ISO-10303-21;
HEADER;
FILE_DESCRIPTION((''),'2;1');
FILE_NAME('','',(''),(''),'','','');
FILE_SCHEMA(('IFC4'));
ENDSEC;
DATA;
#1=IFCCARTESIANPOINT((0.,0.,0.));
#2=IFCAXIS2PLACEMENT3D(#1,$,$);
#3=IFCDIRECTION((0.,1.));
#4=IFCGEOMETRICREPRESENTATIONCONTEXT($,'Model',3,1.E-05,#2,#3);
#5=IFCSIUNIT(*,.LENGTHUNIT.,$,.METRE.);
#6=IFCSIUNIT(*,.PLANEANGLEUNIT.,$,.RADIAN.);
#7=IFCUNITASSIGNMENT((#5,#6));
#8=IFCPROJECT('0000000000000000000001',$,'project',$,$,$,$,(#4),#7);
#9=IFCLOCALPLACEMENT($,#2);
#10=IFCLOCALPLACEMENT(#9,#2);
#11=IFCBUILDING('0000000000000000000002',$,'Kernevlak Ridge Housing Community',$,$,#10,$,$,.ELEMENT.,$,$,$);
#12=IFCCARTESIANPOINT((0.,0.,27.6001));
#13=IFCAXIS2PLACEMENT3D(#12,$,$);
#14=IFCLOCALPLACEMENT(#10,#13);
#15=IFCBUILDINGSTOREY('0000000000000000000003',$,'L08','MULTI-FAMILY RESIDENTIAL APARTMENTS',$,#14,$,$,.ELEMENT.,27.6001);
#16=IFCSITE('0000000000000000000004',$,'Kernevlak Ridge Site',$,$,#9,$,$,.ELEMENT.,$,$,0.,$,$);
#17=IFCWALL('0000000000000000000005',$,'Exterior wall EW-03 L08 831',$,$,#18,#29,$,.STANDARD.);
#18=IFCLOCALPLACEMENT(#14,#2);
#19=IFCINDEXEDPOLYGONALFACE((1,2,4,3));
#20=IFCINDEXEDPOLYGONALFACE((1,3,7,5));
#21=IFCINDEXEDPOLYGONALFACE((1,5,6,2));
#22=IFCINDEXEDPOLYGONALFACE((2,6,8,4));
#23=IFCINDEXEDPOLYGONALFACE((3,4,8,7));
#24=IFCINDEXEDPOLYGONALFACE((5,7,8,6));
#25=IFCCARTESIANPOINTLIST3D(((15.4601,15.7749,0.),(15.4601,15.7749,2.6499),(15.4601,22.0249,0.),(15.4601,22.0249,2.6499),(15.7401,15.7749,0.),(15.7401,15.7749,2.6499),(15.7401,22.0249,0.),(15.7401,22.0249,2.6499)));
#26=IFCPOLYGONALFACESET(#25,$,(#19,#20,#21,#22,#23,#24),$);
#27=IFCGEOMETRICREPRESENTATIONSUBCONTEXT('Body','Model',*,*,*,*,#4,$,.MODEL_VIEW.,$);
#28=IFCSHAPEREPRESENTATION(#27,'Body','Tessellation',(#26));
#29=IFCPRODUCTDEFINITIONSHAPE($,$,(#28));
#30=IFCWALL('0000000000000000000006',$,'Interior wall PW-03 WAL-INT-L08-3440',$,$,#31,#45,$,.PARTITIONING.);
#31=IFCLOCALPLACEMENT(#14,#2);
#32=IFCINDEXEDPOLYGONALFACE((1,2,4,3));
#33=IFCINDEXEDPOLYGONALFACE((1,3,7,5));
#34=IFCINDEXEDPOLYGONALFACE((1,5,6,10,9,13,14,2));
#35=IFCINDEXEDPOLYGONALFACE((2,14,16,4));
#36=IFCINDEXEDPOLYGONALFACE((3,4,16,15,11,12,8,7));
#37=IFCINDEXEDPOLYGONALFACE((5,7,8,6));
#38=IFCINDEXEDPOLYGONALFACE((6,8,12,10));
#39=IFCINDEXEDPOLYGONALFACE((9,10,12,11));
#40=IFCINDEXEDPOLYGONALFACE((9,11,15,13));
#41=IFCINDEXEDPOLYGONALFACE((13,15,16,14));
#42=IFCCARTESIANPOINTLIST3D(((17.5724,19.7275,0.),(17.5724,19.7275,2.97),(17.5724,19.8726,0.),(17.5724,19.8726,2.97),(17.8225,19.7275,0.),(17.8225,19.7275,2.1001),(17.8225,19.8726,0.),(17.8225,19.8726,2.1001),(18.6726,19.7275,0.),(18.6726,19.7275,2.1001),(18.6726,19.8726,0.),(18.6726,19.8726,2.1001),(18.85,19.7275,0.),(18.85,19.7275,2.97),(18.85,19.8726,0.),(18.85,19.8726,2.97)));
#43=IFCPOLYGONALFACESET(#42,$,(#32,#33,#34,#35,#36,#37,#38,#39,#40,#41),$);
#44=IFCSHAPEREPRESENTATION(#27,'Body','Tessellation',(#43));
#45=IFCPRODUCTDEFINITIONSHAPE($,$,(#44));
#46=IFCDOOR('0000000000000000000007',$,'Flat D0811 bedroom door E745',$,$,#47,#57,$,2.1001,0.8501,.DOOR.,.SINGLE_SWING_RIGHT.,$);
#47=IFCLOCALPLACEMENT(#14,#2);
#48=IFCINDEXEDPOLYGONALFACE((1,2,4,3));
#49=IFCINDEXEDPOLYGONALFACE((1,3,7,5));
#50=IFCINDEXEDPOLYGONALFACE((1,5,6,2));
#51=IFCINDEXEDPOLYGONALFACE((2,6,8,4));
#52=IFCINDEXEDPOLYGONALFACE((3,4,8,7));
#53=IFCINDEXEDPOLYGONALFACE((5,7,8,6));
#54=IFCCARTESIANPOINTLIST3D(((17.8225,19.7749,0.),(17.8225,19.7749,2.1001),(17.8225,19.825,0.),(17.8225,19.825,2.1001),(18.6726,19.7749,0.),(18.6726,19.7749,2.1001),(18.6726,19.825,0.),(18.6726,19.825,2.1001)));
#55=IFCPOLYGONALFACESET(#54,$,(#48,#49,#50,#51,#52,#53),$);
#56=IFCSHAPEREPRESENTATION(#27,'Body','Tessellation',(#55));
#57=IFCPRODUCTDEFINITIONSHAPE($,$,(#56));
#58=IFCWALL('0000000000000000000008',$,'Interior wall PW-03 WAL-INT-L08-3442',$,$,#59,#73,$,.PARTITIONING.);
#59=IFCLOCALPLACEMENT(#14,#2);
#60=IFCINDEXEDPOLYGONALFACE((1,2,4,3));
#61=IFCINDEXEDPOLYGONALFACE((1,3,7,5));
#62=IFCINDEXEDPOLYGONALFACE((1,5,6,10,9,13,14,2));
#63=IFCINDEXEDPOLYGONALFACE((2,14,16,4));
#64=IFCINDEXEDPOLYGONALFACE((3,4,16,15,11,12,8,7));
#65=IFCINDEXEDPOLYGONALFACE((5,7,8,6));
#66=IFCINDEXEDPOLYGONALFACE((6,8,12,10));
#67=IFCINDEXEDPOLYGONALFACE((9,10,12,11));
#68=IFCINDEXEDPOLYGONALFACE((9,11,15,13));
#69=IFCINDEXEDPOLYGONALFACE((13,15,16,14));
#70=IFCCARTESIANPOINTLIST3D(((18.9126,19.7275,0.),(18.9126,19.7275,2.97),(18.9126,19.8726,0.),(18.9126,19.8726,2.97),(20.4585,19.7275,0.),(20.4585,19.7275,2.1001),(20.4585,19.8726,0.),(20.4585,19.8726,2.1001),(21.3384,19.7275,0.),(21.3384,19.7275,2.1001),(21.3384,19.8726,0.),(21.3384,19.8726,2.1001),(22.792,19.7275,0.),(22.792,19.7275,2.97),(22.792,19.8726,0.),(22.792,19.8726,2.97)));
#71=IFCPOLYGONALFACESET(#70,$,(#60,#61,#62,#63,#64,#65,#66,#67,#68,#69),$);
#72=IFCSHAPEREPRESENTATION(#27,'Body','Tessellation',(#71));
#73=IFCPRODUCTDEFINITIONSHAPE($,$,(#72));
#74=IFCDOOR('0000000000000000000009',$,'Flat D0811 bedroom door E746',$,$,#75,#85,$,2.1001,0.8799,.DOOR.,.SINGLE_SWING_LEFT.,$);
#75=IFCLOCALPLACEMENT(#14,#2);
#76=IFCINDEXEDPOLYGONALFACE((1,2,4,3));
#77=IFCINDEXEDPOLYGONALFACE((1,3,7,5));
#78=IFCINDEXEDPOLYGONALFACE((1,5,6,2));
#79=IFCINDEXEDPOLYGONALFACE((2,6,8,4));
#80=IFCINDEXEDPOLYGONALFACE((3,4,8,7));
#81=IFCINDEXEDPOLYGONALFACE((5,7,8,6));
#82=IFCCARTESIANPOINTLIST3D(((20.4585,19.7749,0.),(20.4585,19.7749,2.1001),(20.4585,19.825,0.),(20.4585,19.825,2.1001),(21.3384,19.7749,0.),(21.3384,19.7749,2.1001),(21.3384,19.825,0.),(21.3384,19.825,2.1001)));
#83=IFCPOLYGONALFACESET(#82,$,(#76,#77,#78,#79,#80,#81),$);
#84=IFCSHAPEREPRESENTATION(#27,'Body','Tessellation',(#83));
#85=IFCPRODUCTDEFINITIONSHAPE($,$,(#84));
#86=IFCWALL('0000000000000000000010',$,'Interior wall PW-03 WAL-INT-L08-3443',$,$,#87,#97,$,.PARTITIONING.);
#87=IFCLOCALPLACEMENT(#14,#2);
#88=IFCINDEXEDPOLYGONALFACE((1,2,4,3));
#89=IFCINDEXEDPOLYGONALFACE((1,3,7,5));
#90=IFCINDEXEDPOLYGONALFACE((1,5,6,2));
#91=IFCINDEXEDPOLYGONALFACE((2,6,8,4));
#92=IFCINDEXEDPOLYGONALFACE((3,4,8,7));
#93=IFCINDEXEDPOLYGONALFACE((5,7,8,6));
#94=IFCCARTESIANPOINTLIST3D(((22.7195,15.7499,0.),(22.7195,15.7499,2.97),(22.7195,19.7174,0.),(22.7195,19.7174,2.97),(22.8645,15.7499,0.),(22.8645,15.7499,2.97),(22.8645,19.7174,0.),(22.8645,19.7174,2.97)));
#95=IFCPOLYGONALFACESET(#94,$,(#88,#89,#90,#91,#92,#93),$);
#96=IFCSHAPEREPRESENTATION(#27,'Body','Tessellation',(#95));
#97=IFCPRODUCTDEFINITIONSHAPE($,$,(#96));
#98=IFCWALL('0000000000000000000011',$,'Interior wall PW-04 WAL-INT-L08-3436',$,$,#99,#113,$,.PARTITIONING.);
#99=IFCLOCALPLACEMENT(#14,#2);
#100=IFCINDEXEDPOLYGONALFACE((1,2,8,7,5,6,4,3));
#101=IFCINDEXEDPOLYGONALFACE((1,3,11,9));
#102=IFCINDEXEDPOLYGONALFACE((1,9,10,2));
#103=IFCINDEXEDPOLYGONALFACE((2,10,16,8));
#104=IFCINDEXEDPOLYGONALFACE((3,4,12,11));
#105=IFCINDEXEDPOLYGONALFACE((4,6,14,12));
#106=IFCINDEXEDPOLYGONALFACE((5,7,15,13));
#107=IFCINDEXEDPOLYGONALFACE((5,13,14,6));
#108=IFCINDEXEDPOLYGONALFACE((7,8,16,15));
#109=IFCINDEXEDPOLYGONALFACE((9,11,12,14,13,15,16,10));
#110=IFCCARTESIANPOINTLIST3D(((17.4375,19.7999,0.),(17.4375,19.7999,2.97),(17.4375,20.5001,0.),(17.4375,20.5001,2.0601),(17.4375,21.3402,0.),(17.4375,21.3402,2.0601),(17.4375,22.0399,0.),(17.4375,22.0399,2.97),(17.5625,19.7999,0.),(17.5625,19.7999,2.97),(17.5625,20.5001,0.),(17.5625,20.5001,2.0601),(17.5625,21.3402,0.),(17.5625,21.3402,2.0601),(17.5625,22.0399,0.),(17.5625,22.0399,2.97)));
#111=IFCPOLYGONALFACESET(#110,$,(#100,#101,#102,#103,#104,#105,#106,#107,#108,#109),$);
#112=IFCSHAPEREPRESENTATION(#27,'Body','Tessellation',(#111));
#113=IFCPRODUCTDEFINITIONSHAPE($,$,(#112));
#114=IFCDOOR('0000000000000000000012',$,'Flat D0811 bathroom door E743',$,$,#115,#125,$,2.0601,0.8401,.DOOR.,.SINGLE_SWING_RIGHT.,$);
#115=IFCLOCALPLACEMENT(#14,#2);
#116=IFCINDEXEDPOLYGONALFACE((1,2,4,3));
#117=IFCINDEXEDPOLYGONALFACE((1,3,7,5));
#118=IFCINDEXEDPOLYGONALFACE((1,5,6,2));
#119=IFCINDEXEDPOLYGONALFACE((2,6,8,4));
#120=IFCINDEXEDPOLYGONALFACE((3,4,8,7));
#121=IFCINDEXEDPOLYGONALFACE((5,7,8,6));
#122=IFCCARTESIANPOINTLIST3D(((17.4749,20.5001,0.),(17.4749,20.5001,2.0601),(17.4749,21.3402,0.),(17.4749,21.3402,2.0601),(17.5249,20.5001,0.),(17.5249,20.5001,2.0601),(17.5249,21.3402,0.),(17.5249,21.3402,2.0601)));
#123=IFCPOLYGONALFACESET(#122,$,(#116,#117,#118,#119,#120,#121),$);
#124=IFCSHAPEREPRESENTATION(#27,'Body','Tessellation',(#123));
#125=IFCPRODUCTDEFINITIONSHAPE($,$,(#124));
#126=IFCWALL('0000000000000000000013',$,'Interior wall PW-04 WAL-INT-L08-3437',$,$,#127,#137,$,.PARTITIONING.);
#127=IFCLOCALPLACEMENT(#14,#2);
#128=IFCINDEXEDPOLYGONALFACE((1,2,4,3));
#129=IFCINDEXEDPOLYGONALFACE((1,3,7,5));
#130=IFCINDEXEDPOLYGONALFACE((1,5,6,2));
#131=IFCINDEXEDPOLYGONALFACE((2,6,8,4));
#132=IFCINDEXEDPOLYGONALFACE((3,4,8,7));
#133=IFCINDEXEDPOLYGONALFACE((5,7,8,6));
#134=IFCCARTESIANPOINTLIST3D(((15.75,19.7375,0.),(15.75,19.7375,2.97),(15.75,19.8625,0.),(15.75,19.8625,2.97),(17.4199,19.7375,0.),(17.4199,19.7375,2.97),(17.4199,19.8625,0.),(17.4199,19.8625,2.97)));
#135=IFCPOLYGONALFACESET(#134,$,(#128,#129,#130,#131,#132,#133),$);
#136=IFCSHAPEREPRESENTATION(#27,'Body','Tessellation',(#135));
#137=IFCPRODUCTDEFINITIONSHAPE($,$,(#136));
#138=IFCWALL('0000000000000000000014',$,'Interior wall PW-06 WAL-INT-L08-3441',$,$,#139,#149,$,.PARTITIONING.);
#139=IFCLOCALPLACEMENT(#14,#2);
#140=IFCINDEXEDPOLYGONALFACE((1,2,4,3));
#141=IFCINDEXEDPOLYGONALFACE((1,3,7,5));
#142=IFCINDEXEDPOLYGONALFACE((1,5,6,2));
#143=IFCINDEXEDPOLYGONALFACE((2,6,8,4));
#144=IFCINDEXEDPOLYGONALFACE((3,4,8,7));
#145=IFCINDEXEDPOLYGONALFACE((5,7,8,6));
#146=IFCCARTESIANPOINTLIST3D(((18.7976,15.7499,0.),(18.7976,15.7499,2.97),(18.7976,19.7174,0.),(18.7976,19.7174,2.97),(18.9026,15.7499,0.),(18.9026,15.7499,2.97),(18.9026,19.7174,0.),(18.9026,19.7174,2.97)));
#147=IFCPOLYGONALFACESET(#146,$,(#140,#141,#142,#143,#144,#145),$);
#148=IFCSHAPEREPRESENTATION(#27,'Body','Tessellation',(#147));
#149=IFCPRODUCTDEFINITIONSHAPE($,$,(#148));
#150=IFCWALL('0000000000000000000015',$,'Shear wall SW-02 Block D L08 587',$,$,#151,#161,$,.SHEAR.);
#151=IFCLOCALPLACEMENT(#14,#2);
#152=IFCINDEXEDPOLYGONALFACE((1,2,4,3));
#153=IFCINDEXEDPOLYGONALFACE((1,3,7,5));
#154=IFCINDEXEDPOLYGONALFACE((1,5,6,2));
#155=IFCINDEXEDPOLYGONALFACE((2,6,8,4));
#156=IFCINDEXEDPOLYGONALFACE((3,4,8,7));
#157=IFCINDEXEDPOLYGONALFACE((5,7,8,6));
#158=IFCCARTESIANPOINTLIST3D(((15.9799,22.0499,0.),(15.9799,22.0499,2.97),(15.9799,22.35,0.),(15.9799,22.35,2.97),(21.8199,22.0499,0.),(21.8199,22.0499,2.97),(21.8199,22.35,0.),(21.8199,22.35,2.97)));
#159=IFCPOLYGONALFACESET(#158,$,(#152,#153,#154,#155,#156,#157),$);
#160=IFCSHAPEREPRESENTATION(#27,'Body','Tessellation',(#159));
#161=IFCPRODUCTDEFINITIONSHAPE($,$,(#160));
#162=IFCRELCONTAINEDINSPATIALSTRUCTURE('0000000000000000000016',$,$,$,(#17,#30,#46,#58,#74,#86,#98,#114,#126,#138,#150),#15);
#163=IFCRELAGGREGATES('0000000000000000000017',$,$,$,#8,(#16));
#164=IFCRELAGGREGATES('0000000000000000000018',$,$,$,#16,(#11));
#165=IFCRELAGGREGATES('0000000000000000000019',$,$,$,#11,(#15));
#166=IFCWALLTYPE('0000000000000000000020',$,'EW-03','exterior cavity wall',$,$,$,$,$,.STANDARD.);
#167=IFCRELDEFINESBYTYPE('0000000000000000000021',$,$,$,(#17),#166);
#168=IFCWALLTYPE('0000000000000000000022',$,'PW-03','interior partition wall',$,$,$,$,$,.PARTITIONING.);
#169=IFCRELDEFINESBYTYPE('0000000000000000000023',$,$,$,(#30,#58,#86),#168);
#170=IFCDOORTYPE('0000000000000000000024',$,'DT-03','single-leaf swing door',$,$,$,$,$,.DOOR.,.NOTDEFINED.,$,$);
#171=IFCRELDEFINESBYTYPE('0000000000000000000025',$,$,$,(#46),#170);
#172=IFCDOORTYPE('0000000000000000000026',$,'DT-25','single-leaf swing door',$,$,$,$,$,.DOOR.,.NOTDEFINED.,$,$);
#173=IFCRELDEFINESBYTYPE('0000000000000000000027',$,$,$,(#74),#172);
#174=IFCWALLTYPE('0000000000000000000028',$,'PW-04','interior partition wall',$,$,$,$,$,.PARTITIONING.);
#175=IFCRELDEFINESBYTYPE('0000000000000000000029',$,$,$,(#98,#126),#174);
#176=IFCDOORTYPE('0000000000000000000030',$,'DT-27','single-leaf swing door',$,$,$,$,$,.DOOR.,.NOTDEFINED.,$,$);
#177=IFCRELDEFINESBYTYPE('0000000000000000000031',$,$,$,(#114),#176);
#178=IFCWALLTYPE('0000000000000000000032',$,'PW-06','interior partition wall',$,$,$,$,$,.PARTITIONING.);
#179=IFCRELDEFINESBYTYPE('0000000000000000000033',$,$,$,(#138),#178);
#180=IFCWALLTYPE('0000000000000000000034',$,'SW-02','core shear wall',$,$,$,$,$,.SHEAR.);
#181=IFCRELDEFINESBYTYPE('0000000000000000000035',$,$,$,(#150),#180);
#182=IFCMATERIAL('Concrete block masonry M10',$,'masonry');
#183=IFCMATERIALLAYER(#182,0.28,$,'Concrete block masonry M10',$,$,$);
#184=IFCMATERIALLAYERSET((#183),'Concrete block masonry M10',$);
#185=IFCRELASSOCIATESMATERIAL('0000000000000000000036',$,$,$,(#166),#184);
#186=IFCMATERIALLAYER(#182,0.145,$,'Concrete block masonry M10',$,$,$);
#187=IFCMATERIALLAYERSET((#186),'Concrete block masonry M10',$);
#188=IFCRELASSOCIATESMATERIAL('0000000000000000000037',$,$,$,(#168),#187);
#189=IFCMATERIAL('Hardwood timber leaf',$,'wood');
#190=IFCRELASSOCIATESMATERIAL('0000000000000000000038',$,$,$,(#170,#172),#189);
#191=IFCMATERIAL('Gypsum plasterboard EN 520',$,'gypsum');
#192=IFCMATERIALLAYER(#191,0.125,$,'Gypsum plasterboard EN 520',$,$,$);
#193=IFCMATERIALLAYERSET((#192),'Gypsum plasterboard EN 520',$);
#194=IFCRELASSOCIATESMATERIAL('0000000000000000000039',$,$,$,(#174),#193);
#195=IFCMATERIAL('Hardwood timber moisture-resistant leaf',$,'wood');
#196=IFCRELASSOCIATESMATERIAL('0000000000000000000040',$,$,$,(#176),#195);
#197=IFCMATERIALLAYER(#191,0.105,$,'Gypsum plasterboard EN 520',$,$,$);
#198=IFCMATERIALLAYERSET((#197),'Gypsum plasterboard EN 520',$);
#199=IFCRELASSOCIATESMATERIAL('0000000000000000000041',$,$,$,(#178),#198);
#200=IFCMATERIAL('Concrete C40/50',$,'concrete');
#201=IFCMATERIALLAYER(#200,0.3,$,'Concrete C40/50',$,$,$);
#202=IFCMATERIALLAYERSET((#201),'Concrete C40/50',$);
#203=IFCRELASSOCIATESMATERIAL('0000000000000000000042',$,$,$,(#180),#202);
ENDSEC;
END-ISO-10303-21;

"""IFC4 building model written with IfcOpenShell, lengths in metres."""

from ifc_helpers import new_model, si_unit, direction, frame, frame_2d, origin, place, context, subcontext, project, spatial, rectangle, extrude, material, layer, layer_set, type_object, element, fill, save


model = new_model("IFC4")

# Units and contexts
model_context = context("Model", 3, precision=1e-05, world=origin(), true_north=direction((0.0, 1.0)))
body_context = subcontext(model_context, "Body", "Model", "MODEL_VIEW")
ifc_project = project(units=[si_unit("LENGTHUNIT", "METRE"), si_unit("PLANEANGLEUNIT", "RADIAN")], contexts=[model_context])

# Site, building, storey
site_placement = place(None, origin())
site = spatial("IfcSite", under=ifc_project, at=site_placement, Name="Kernevlak Ridge Site", CompositionType="ELEMENT", RefElevation=0.0)
building_placement = place(site_placement, origin())
building = spatial("IfcBuilding", under=site, at=building_placement, Name="Kernevlak Ridge Housing Community", CompositionType="ELEMENT")
storey_placement = place(building_placement, frame((0.0, 0.0, 27.6001)))
storey = spatial("IfcBuildingStorey", under=building, at=storey_placement, Name="L08", Description="MULTI-FAMILY RESIDENTIAL APARTMENTS", CompositionType="ELEMENT", Elevation=27.6001)

# Shared definitions
ifc_material_1 = material(Name="Concrete block masonry M10", Category="masonry")
ifc_layer_1 = layer(ifc_material_1, 0.28, Name="Concrete block masonry M10")
ifc_layer_set_1 = layer_set([ifc_layer_1], Name="Concrete block masonry M10")
wall_type_1 = type_object("IfcWallType", Name="EW-03", Description="exterior cavity wall", PredefinedType="STANDARD", material=ifc_layer_set_1)

# Wall
wall_1_placement = place(storey_placement, frame((15.6001, 15.7749, 0.0), z_axis=(0.0, 0.0, 1.0), x_axis=(0.0, 1.0, 0.0)))
element("IfcWall", 1, at=wall_1_placement, inside=storey, type_object=wall_type_1, Name="Exterior wall EW-03 L08 831", PredefinedType="STANDARD", context=body_context, shape_type="SweptSolid", body=[
    extrude(rectangle(XDim=6.25, YDim=0.28, at=frame_2d((3.125, 0.0))), origin(), (0.0, 0.0, 1.0), 2.6499),
])

# Walls, openings, doors
ifc_layer_2 = layer(ifc_material_1, 0.145, Name="Concrete block masonry M10")
ifc_layer_set_2 = layer_set([ifc_layer_2], Name="Concrete block masonry M10")
wall_type_2 = type_object("IfcWallType", Name="PW-03", Description="interior partition wall", PredefinedType="PARTITIONING", material=ifc_layer_set_2)
wall_2_placement = place(storey_placement, frame((17.5725, 19.8, 0.0), z_axis=(0.0, 0.0, 1.0), x_axis=(1.0, 0.0, 0.0)))
wall_2 = element("IfcWall", 2, at=wall_2_placement, inside=storey, type_object=wall_type_2, Name="Interior wall PW-03 WAL-INT-L08-3440", PredefinedType="PARTITIONING", context=body_context, shape_type="SweptSolid", body=[
    extrude(rectangle(XDim=1.2776, YDim=0.145, at=frame_2d((0.6387, 0.0))), origin(), (0.0, 0.0, 1.0), 2.97),
])
opening_1_placement = place(wall_2_placement, frame((0.25, 0.0, 0.0)))
opening_1 = element("IfcOpeningElement", 3, at=opening_1_placement, cuts=wall_2, PredefinedType="OPENING", context=body_context, shape_type="SweptSolid", body=[
    extrude(rectangle(XDim=0.8501, YDim=2.1001, at=frame_2d((0.425, 1.05))), frame((0.0, 0.0825, 0.0), z_axis=(0.0, -1.0, 0.0), x_axis=(1.0, 0.0, 0.0)), (0.0, 0.0, 1.0), 0.165),
])
ifc_material_2 = material(Name="Hardwood timber leaf", Category="wood")
door_type_1 = type_object("IfcDoorType", Name="DT-03", Description="single-leaf swing door", OperationType="NOTDEFINED", PredefinedType="DOOR", material=ifc_material_2)
door_1_placement = place(opening_1_placement, origin())
door_1 = element("IfcDoor", 4, at=door_1_placement, inside=storey, type_object=door_type_1, Name="Flat D0811 bedroom door E745", OperationType="SINGLE_SWING_RIGHT", OverallHeight=2.1001, OverallWidth=0.8501, PredefinedType="DOOR", context=body_context, shape_type="SweptSolid", body=[
    extrude(rectangle(XDim=0.8501, YDim=2.1001, at=frame_2d((0.425, 1.05))), frame((0.0, 0.0249, 0.0), z_axis=(0.0, -1.0, 0.0), x_axis=(1.0, 0.0, 0.0)), (0.0, 0.0, 1.0), 0.05),
])
fill(opening_1, door_1)
wall_3_placement = place(storey_placement, frame((18.9126, 19.8, 0.0), z_axis=(0.0, 0.0, 1.0), x_axis=(1.0, 0.0, 0.0)))
wall_3 = element("IfcWall", 5, at=wall_3_placement, inside=storey, type_object=wall_type_2, Name="Interior wall PW-03 WAL-INT-L08-3442", PredefinedType="PARTITIONING", context=body_context, shape_type="SweptSolid", body=[
    extrude(rectangle(XDim=3.8794, YDim=0.145, at=frame_2d((1.9397, 0.0))), origin(), (0.0, 0.0, 1.0), 2.97),
])
opening_2_placement = place(wall_3_placement, frame((1.5459, 0.0, 0.0)))
opening_2 = element("IfcOpeningElement", 6, at=opening_2_placement, cuts=wall_3, PredefinedType="OPENING", context=body_context, shape_type="SweptSolid", body=[
    extrude(rectangle(XDim=0.8799, YDim=2.1001, at=frame_2d((0.4399, 1.05))), frame((0.0, 0.0825, 0.0), z_axis=(0.0, -1.0, 0.0), x_axis=(1.0, 0.0, 0.0)), (0.0, 0.0, 1.0), 0.165),
])
door_type_2 = type_object("IfcDoorType", Name="DT-25", Description="single-leaf swing door", OperationType="NOTDEFINED", PredefinedType="DOOR", material=ifc_material_2)
door_2_placement = place(opening_2_placement, origin())
door_2 = element("IfcDoor", 7, at=door_2_placement, inside=storey, type_object=door_type_2, Name="Flat D0811 bedroom door E746", OperationType="SINGLE_SWING_LEFT", OverallHeight=2.1001, OverallWidth=0.8799, PredefinedType="DOOR", context=body_context, shape_type="SweptSolid", body=[
    extrude(rectangle(XDim=0.8799, YDim=2.1001, at=frame_2d((0.4399, 1.05))), frame((0.0, 0.0249, 0.0), z_axis=(0.0, -1.0, 0.0), x_axis=(1.0, 0.0, 0.0)), (0.0, 0.0, 1.0), 0.05),
])
fill(opening_2, door_2)

# Wall
wall_4_placement = place(storey_placement, frame((22.792, 19.7175, 0.0), z_axis=(0.0, 0.0, 1.0), x_axis=(0.0, -1.0, 0.0)))
element("IfcWall", 8, at=wall_4_placement, inside=storey, type_object=wall_type_2, Name="Interior wall PW-03 WAL-INT-L08-3443", PredefinedType="PARTITIONING", context=body_context, shape_type="SweptSolid", body=[
    extrude(rectangle(XDim=3.9675, YDim=0.145, at=frame_2d((1.9839, 0.0))), origin(), (0.0, 0.0, 1.0), 2.97),
])

# Wall, opening, door
ifc_material_3 = material(Name="Gypsum plasterboard EN 520", Category="gypsum")
ifc_layer_3 = layer(ifc_material_3, 0.125, Name="Gypsum plasterboard EN 520")
ifc_layer_set_3 = layer_set([ifc_layer_3], Name="Gypsum plasterboard EN 520")
wall_type_3 = type_object("IfcWallType", Name="PW-04", Description="interior partition wall", PredefinedType="PARTITIONING", material=ifc_layer_set_3)
wall_5_placement = place(storey_placement, frame((17.5, 22.04, 0.0), z_axis=(0.0, 0.0, 1.0), x_axis=(0.0, -1.0, 0.0)))
wall_5 = element("IfcWall", 9, at=wall_5_placement, inside=storey, type_object=wall_type_3, Name="Interior wall PW-04 WAL-INT-L08-3436", PredefinedType="PARTITIONING", context=body_context, shape_type="SweptSolid", body=[
    extrude(rectangle(XDim=2.24, YDim=0.125, at=frame_2d((1.1201, 0.0))), origin(), (0.0, 0.0, 1.0), 2.97),
])
opening_3_placement = place(wall_5_placement, frame((0.7, 0.0, 0.0)))
opening_3 = element("IfcOpeningElement", 10, at=opening_3_placement, cuts=wall_5, PredefinedType="OPENING", context=body_context, shape_type="SweptSolid", body=[
    extrude(rectangle(XDim=0.8401, YDim=2.0601, at=frame_2d((0.4199, 1.03))), frame((0.0, 0.0725, 0.0), z_axis=(0.0, -1.0, 0.0), x_axis=(1.0, 0.0, 0.0)), (0.0, 0.0, 1.0), 0.145),
])
ifc_material_4 = material(Name="Hardwood timber moisture-resistant leaf", Category="wood")
door_type_3 = type_object("IfcDoorType", Name="DT-27", Description="single-leaf swing door", OperationType="NOTDEFINED", PredefinedType="DOOR", material=ifc_material_4)
door_3_placement = place(opening_3_placement, origin())
door_3 = element("IfcDoor", 11, at=door_3_placement, inside=storey, type_object=door_type_3, Name="Flat D0811 bathroom door E743", OperationType="SINGLE_SWING_RIGHT", OverallHeight=2.0601, OverallWidth=0.8401, PredefinedType="DOOR", context=body_context, shape_type="SweptSolid", body=[
    extrude(rectangle(XDim=0.8401, YDim=2.0601, at=frame_2d((0.4199, 1.03))), frame((0.0, 0.0249, 0.0), z_axis=(0.0, -1.0, 0.0), x_axis=(1.0, 0.0, 0.0)), (0.0, 0.0, 1.0), 0.05),
])
fill(opening_3, door_3)

# Walls
wall_6_placement = place(storey_placement, frame((15.75, 19.8, 0.0), z_axis=(0.0, 0.0, 1.0), x_axis=(1.0, 0.0, 0.0)))
element("IfcWall", 12, at=wall_6_placement, inside=storey, type_object=wall_type_3, Name="Interior wall PW-04 WAL-INT-L08-3437", PredefinedType="PARTITIONING", context=body_context, shape_type="SweptSolid", body=[
    extrude(rectangle(XDim=1.6699, YDim=0.125, at=frame_2d((0.835, 0.0))), origin(), (0.0, 0.0, 1.0), 2.97),
])
ifc_layer_4 = layer(ifc_material_3, 0.105, Name="Gypsum plasterboard EN 520")
ifc_layer_set_4 = layer_set([ifc_layer_4], Name="Gypsum plasterboard EN 520")
wall_type_4 = type_object("IfcWallType", Name="PW-06", Description="interior partition wall", PredefinedType="PARTITIONING", material=ifc_layer_set_4)
wall_7_placement = place(storey_placement, frame((18.8501, 19.7175, 0.0), z_axis=(0.0, 0.0, 1.0), x_axis=(0.0, -1.0, 0.0)))
element("IfcWall", 13, at=wall_7_placement, inside=storey, type_object=wall_type_4, Name="Interior wall PW-06 WAL-INT-L08-3441", PredefinedType="PARTITIONING", context=body_context, shape_type="SweptSolid", body=[
    extrude(rectangle(XDim=3.9675, YDim=0.105, at=frame_2d((1.9839, 0.0))), origin(), (0.0, 0.0, 1.0), 2.97),
])
ifc_material_5 = material(Name="Concrete C40/50", Category="concrete")
ifc_layer_5 = layer(ifc_material_5, 0.3, Name="Concrete C40/50")
ifc_layer_set_5 = layer_set([ifc_layer_5], Name="Concrete C40/50")
wall_type_5 = type_object("IfcWallType", Name="SW-02", Description="core shear wall", PredefinedType="SHEAR", material=ifc_layer_set_5)
wall_8_placement = place(storey_placement, frame((15.98, 22.2, 0.0), z_axis=(0.0, 0.0, 1.0), x_axis=(1.0, 0.0, 0.0)))
element("IfcWall", 14, at=wall_8_placement, inside=storey, type_object=wall_type_5, Name="Shear wall SW-02 Block D L08 587", PredefinedType="SHEAR", context=body_context, shape_type="SweptSolid", body=[
    extrude(rectangle(XDim=5.8401, YDim=0.3, at=frame_2d((2.9199, 0.0))), origin(), (0.0, 0.0, 1.0), 2.97),
])

save(model, "model.ifc")
